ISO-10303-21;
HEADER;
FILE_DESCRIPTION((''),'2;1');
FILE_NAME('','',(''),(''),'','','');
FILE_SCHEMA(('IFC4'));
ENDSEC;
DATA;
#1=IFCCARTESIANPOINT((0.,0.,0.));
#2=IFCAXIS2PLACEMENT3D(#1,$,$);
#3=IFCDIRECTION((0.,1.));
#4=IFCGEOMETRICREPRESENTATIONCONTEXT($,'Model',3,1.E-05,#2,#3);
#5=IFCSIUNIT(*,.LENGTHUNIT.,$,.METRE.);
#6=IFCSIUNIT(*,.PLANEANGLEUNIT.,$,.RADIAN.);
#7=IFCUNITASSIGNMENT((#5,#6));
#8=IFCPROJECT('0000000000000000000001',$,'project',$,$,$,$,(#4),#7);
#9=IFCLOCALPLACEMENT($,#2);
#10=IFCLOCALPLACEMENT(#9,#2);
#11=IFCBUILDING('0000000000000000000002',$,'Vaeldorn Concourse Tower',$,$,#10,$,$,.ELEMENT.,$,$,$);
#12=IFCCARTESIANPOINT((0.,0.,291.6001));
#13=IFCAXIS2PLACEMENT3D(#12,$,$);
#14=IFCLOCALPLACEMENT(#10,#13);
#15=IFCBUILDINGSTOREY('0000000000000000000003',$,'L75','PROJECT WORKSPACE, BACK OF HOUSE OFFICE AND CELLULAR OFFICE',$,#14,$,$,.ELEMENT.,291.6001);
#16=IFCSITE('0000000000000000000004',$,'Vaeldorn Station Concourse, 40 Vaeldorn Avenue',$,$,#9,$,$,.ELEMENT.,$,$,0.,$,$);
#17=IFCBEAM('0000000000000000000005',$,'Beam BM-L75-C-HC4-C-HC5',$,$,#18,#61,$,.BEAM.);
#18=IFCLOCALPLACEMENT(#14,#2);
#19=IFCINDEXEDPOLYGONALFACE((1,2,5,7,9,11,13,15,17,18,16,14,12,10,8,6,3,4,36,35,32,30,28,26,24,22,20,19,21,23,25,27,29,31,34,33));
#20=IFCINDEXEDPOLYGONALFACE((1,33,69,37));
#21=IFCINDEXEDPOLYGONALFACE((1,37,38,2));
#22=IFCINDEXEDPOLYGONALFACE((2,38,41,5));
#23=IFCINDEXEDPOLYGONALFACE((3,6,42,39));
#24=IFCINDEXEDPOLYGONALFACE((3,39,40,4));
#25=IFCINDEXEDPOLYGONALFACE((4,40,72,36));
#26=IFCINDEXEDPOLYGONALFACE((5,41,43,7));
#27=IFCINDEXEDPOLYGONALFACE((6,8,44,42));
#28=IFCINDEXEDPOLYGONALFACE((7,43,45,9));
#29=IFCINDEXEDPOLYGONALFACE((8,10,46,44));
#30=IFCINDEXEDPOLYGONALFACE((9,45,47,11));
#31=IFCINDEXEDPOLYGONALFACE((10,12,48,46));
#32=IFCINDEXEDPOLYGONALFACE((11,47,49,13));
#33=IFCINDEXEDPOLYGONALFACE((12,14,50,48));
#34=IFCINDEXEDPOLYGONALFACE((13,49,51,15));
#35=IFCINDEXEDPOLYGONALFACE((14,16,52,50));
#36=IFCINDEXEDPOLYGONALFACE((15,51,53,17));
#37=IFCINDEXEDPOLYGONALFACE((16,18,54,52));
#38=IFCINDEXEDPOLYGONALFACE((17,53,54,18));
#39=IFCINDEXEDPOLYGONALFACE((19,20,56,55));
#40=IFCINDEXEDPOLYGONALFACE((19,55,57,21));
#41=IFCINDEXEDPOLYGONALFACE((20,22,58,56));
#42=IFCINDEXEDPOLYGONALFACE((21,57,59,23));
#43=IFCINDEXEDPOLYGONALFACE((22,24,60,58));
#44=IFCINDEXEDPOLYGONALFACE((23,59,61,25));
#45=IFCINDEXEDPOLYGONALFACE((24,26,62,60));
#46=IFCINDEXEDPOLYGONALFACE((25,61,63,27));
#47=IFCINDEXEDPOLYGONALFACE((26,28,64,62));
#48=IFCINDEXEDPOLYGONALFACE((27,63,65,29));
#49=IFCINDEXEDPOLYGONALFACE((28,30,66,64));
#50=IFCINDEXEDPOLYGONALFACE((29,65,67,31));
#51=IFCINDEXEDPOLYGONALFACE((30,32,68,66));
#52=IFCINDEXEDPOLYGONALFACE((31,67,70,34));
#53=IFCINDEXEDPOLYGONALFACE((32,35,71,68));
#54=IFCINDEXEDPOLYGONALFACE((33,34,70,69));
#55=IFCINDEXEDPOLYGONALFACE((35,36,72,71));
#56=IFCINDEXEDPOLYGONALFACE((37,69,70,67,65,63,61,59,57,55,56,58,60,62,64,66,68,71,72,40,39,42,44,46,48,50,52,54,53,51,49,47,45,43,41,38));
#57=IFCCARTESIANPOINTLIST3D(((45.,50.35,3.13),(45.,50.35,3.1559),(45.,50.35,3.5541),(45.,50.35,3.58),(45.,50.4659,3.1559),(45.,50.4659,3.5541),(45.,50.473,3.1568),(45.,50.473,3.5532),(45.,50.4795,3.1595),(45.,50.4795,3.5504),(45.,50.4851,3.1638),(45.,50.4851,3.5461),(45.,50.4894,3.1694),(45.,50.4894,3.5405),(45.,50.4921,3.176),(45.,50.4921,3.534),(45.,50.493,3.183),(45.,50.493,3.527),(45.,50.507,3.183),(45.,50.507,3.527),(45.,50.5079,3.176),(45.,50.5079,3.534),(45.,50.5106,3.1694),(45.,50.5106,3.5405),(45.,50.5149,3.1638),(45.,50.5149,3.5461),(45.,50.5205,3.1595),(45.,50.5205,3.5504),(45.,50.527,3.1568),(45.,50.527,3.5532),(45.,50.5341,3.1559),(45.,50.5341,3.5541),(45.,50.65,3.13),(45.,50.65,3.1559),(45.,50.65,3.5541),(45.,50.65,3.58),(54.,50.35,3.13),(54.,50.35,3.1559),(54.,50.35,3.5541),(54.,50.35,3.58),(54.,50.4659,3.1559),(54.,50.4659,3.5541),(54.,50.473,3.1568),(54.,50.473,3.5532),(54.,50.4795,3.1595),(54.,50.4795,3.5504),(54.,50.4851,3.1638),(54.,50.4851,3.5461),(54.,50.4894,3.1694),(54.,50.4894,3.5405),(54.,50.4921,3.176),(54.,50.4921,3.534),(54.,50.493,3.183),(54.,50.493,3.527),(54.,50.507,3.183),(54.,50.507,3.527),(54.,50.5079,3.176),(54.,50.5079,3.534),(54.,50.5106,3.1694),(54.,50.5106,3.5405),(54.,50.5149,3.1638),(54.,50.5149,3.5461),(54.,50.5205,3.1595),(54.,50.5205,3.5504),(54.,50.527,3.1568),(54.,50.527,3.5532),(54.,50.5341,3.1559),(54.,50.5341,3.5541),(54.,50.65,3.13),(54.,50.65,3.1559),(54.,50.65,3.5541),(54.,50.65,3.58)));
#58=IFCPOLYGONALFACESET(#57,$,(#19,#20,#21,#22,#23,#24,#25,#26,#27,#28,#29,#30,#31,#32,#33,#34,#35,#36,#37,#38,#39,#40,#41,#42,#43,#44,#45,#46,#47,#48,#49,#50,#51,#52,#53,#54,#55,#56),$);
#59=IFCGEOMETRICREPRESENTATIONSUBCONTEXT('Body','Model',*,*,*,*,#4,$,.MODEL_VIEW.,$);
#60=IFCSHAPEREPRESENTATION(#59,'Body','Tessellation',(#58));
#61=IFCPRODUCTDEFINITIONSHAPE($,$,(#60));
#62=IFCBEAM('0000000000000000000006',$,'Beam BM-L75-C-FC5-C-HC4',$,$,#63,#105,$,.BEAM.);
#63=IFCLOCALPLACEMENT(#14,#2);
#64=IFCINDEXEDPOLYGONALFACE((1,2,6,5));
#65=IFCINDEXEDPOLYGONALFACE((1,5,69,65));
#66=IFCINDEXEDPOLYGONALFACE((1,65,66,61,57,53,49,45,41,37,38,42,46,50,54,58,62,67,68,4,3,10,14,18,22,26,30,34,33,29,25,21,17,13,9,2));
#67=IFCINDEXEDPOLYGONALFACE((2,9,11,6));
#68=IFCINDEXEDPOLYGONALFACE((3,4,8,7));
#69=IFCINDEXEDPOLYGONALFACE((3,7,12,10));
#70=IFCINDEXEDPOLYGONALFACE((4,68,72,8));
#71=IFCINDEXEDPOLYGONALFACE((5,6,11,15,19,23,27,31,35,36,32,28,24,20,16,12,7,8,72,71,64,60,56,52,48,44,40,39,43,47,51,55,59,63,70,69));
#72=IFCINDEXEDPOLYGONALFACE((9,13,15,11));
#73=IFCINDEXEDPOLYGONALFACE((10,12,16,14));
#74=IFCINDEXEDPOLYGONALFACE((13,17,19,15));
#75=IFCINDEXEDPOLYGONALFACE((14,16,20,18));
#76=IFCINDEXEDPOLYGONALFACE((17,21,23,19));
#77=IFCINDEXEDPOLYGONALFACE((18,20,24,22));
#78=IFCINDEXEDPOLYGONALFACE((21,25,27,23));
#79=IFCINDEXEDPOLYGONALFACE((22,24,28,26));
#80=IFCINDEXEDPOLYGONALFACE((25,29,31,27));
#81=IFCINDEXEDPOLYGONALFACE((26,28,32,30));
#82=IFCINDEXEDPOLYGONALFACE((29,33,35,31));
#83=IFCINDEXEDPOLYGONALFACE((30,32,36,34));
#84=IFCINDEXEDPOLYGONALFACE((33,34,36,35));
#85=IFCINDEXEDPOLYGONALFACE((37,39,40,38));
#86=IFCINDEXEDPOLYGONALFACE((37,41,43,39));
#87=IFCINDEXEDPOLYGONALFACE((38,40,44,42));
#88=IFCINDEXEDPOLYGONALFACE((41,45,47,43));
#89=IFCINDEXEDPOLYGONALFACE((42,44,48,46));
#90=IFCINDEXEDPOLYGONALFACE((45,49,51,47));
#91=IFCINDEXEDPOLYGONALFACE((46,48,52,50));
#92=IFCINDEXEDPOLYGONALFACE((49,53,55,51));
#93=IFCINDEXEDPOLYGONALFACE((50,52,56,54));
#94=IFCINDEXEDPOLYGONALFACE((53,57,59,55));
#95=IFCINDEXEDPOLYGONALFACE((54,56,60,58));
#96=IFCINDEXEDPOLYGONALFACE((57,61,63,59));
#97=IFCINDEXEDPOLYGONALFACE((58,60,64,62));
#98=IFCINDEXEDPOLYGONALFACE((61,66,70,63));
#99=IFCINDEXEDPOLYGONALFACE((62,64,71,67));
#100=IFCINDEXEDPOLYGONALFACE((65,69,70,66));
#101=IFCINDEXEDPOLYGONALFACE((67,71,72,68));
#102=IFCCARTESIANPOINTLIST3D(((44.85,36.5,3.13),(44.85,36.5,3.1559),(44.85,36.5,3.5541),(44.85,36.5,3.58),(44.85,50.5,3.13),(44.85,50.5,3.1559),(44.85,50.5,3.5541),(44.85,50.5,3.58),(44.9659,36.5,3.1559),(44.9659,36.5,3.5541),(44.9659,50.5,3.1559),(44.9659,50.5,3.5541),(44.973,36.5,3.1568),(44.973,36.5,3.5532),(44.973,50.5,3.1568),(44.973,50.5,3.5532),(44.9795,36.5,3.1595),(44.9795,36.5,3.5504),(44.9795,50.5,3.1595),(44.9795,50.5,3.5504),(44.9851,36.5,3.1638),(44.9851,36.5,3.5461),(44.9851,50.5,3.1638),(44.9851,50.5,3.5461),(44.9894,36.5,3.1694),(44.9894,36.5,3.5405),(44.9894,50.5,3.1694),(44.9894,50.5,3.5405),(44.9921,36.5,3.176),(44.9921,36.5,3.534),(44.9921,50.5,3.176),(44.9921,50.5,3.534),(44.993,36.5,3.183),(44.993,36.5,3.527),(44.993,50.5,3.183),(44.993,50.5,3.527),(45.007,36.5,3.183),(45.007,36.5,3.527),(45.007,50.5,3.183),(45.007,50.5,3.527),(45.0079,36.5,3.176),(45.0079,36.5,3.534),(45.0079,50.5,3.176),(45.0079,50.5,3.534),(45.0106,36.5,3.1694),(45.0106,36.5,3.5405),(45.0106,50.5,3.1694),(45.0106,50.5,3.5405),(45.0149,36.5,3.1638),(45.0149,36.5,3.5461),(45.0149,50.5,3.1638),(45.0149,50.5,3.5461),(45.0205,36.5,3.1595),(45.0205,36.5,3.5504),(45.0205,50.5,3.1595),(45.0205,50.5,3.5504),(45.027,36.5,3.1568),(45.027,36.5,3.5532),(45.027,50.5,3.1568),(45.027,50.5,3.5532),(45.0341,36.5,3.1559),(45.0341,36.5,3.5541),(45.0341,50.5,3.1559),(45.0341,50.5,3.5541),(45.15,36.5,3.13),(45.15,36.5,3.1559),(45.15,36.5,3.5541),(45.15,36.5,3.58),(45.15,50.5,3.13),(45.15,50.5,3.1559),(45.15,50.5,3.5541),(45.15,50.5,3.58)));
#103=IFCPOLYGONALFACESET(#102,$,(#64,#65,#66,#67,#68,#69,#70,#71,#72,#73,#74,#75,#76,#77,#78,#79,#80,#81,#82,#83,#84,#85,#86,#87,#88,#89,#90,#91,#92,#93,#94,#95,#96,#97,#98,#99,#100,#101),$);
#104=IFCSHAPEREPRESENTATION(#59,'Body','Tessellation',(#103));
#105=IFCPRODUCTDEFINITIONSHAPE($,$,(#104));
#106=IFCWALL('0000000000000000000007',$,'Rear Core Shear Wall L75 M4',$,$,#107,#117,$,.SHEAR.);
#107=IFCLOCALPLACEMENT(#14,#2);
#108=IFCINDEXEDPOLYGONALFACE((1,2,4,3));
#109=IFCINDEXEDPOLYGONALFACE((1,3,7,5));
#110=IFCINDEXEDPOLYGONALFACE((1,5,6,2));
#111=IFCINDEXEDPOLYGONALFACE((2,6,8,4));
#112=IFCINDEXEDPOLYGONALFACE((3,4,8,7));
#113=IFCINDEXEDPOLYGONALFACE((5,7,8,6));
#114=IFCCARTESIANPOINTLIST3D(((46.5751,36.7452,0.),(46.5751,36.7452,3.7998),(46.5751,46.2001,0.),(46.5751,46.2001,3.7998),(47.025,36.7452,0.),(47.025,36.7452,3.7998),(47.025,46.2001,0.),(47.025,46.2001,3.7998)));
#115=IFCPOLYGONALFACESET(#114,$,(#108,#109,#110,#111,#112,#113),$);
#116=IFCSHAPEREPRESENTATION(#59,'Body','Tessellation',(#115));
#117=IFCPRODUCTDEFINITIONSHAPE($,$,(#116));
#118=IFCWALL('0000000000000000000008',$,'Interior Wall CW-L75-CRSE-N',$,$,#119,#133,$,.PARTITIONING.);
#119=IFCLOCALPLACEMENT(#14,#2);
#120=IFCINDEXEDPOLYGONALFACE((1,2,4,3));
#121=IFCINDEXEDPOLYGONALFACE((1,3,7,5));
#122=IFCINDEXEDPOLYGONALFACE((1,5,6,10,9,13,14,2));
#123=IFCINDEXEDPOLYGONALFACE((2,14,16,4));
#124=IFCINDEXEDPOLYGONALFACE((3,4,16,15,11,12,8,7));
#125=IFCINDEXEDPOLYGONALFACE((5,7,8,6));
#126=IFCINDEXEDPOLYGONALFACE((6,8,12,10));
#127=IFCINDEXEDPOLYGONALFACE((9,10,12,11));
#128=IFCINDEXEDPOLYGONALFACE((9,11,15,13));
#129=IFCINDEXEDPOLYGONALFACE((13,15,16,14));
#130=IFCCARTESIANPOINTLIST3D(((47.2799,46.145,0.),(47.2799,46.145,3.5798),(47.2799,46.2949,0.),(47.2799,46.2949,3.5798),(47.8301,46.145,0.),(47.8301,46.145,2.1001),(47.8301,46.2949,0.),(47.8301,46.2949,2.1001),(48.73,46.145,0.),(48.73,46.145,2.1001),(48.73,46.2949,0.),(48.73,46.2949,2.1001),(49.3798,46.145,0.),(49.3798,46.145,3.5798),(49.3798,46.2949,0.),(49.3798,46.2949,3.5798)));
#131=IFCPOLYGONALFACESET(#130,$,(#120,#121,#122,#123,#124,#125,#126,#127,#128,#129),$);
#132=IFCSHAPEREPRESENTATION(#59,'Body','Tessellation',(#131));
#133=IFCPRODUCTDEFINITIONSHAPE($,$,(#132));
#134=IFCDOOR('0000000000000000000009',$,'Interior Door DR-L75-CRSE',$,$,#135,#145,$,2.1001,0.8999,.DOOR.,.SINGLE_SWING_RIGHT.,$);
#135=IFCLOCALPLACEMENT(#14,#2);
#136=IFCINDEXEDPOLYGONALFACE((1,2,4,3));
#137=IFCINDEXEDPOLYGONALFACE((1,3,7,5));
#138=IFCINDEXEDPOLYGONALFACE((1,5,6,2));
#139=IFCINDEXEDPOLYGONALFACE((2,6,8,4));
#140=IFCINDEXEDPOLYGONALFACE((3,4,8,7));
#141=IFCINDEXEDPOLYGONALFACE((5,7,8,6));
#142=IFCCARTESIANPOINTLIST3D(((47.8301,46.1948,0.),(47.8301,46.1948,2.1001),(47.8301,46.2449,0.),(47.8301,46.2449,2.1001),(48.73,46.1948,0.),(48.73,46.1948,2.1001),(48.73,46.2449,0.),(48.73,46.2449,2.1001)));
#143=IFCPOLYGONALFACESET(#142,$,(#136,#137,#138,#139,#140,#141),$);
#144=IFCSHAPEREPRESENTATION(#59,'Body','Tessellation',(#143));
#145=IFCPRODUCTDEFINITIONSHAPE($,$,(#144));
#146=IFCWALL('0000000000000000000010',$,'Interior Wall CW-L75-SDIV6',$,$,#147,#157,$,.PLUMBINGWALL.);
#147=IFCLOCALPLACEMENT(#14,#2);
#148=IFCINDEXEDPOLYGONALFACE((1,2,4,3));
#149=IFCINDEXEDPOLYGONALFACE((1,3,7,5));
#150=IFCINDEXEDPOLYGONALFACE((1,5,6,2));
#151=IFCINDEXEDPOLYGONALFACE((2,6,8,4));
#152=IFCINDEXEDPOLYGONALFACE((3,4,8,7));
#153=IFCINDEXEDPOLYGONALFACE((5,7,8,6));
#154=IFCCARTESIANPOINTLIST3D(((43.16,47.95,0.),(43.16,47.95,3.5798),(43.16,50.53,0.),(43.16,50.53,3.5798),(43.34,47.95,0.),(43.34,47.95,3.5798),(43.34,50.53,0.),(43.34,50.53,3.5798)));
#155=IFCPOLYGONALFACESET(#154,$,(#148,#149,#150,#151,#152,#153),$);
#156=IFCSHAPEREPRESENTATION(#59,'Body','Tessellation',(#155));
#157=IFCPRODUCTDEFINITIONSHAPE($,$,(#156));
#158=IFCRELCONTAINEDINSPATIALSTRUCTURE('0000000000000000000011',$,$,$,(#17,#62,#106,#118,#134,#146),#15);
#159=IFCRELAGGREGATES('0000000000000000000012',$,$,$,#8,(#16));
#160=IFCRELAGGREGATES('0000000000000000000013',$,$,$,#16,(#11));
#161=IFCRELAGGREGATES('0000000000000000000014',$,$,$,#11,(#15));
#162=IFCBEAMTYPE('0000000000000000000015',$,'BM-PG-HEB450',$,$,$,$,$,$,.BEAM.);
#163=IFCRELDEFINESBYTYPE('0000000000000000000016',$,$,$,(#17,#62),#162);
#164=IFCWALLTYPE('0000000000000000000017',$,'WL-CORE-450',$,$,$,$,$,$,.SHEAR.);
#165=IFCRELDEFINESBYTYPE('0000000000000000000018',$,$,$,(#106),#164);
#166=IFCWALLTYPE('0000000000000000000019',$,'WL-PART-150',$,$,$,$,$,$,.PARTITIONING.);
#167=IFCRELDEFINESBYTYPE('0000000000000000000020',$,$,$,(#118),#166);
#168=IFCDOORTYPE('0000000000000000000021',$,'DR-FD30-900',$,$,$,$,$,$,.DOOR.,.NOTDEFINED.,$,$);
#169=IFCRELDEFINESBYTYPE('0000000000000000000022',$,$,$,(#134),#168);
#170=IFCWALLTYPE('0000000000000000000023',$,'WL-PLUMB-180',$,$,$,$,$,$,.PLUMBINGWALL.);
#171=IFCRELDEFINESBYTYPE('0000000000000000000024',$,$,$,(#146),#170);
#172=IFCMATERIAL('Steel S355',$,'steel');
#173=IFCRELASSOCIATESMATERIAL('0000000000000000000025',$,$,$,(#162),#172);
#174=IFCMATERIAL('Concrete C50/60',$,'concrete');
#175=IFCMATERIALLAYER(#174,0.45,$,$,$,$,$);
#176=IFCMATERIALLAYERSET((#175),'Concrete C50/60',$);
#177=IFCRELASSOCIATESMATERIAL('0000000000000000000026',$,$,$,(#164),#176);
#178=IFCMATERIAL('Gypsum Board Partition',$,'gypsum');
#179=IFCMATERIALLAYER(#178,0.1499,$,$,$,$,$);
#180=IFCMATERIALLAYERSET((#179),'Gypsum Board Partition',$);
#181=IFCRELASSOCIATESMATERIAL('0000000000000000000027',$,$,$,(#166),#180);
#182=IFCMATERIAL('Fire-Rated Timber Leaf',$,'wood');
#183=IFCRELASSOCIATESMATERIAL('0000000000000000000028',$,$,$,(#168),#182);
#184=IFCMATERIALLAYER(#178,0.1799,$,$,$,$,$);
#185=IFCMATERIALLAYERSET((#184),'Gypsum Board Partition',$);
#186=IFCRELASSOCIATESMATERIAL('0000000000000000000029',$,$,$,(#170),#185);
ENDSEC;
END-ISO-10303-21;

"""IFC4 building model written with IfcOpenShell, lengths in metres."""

from ifc_helpers import new_model, si_unit, direction, frame, frame_2d, origin, origin_2d, place, context, subcontext, project, spatial, rectangle, i_section, extrude, source, transform, mapped, material, layer, layer_set, material_profile, profile_set, type_object, element, fill, save


model = new_model("IFC4")

# Units and contexts
model_context = context("Model", 3, precision=1e-05, world=origin(), true_north=direction((0.0, 1.0)))
body_context = subcontext(model_context, "Body", "Model", "MODEL_VIEW")
ifc_project = project(units=[si_unit("LENGTHUNIT", "METRE"), si_unit("PLANEANGLEUNIT", "RADIAN")], contexts=[model_context])

# Site, building, storey
site_placement = place(None, origin())
site = spatial("IfcSite", under=ifc_project, at=site_placement, Name="Vaeldorn Station Concourse, 40 Vaeldorn Avenue", CompositionType="ELEMENT", RefElevation=0.0)
building_placement = place(site_placement, origin())
building = spatial("IfcBuilding", under=site, at=building_placement, Name="Vaeldorn Concourse Tower", CompositionType="ELEMENT")
storey_placement = place(building_placement, frame((0.0, 0.0, 291.6001)))
storey = spatial("IfcBuildingStorey", under=building, at=storey_placement, Name="L75", Description="PROJECT WORKSPACE, BACK OF HOUSE OFFICE AND CELLULAR OFFICE", CompositionType="ELEMENT", Elevation=291.6001)

# Shared definitions
ifc_material_1 = material(Name="Steel S355", Category="steel")

# Beams
ifc_material_2 = material(Name="Concrete C50/60", Category="concrete")
ifc_material_profile_1 = material_profile(ifc_material_1, i_section(OverallWidth=0.3, OverallDepth=0.45, WebThickness=0.0139, FlangeThickness=0.0259, FilletRadius=0.0271, at=origin_2d()), Name="HEB 450")
ifc_profile_set_1 = profile_set([ifc_material_profile_1], Name="Steel S355")
beam_type_1 = type_object("IfcBeamType", Name="BM-PG-HEB450", PredefinedType="BEAM", material=ifc_profile_set_1)
shared_shape_1 = source(origin(), body_context, "Body", "SweptSolid", [
    extrude(i_section(OverallWidth=0.3, OverallDepth=0.45, WebThickness=0.0139, FlangeThickness=0.0259, FilletRadius=0.0271, at=origin_2d()), origin(), (0.0, 0.0, 1.0), 9.0),
])
beam_1_placement = place(storey_placement, frame((45.0, 50.5, 3.355), z_axis=(1.0, 0.0, 0.0), x_axis=(0.0, 1.0, 0.0)))
element("IfcBeam", 1, at=beam_1_placement, inside=storey, type_object=beam_type_1, Name="Beam BM-L75-C-HC4-C-HC5", PredefinedType="BEAM", context=body_context, shape_type="MappedRepresentation", body=[
    mapped(shared_shape_1, transform((0.0, 0.0, 0.0), scale=1.0)),
])
shared_shape_2 = source(origin(), body_context, "Body", "SweptSolid", [
    extrude(i_section(OverallWidth=0.3, OverallDepth=0.45, WebThickness=0.0139, FlangeThickness=0.0259, FilletRadius=0.0271, at=origin_2d()), origin(), (0.0, 0.0, 1.0), 14.0),
])
beam_2_placement = place(storey_placement, frame((45.0, 36.5, 3.355), z_axis=(0.0, 1.0, 0.0), x_axis=(-1.0, 0.0, 0.0)))
element("IfcBeam", 2, at=beam_2_placement, inside=storey, type_object=beam_type_1, Name="Beam BM-L75-C-FC5-C-HC4", PredefinedType="BEAM", context=body_context, shape_type="MappedRepresentation", body=[
    mapped(shared_shape_2, transform((0.0, 0.0, 0.0), scale=1.0)),
])

# Wall
ifc_layer_1 = layer(ifc_material_2, 0.45)
ifc_layer_set_1 = layer_set([ifc_layer_1], Name="Concrete C50/60")
wall_type_1 = type_object("IfcWallType", Name="WL-CORE-450", PredefinedType="SHEAR", material=ifc_layer_set_1)
wall_1_placement = place(storey_placement, frame((46.8, 36.7451, 0.0), z_axis=(0.0, 0.0, 1.0), x_axis=(0.0, 1.0, 0.0)))
element("IfcWall", 3, at=wall_1_placement, inside=storey, type_object=wall_type_1, Name="Rear Core Shear Wall L75 M4", PredefinedType="SHEAR", context=body_context, shape_type="SweptSolid", body=[
    extrude(rectangle(XDim=9.4548, YDim=0.45, at=frame_2d((4.7275, 0.0))), origin(), (0.0, 0.0, 1.0), 3.7998),
])

# Wall, opening, door
ifc_material_3 = material(Name="Gypsum Board Partition", Category="gypsum")
ifc_layer_2 = layer(ifc_material_3, 0.1499)
ifc_layer_set_2 = layer_set([ifc_layer_2], Name="Gypsum Board Partition")
wall_type_2 = type_object("IfcWallType", Name="WL-PART-150", PredefinedType="PARTITIONING", material=ifc_layer_set_2)
wall_2_placement = place(storey_placement, frame((47.28, 46.22, 0.0), z_axis=(0.0, 0.0, 1.0), x_axis=(1.0, 0.0, 0.0)))
wall_2 = element("IfcWall", 4, at=wall_2_placement, inside=storey, type_object=wall_type_2, Name="Interior Wall CW-L75-CRSE-N", PredefinedType="PARTITIONING", context=body_context, shape_type="SweptSolid", body=[
    extrude(rectangle(XDim=2.0999, YDim=0.1499, at=frame_2d((1.0498, 0.0))), origin(), (0.0, 0.0, 1.0), 3.5798),
])
opening_1_placement = place(wall_2_placement, frame((0.55, 0.0, 0.0)))
opening_1 = element("IfcOpeningElement", 5, at=opening_1_placement, cuts=wall_2, PredefinedType="OPENING", context=body_context, shape_type="SweptSolid", body=[
    extrude(rectangle(XDim=0.8999, YDim=2.1001, at=frame_2d((0.45, 1.05))), frame((0.0, 0.085, 0.0), z_axis=(0.0, -1.0, 0.0), x_axis=(1.0, 0.0, 0.0)), (0.0, 0.0, 1.0), 0.1699),
])
ifc_material_4 = material(Name="Fire-Rated Timber Leaf", Category="wood")
door_type_1 = type_object("IfcDoorType", Name="DR-FD30-900", OperationType="NOTDEFINED", PredefinedType="DOOR", material=ifc_material_4)
shared_shape_3 = source(origin(), body_context, "Body", "SweptSolid", [
    extrude(rectangle(XDim=0.8999, YDim=2.1001, at=frame_2d((0.45, 1.05))), frame((0.0, 0.0249, 0.0), z_axis=(0.0, -1.0, 0.0), x_axis=(1.0, 0.0, 0.0)), (0.0, 0.0, 1.0), 0.05),
])
door_1_placement = place(opening_1_placement, origin())
door_1 = element("IfcDoor", 6, at=door_1_placement, inside=storey, type_object=door_type_1, Name="Interior Door DR-L75-CRSE", OperationType="SINGLE_SWING_RIGHT", OverallHeight=2.1001, OverallWidth=0.8999, PredefinedType="DOOR", context=body_context, shape_type="MappedRepresentation", body=[
    mapped(shared_shape_3, transform((0.0, 0.0, 0.0), scale=1.0)),
])
fill(opening_1, door_1)

# Wall
ifc_layer_3 = layer(ifc_material_3, 0.1799)
ifc_layer_set_3 = layer_set([ifc_layer_3], Name="Gypsum Board Partition")
wall_type_3 = type_object("IfcWallType", Name="WL-PLUMB-180", PredefinedType="PLUMBINGWALL", material=ifc_layer_set_3)
wall_3_placement = place(storey_placement, frame((43.25, 47.95, 0.0), z_axis=(0.0, 0.0, 1.0), x_axis=(0.0, 1.0, 0.0)))
element("IfcWall", 7, at=wall_3_placement, inside=storey, type_object=wall_type_3, Name="Interior Wall CW-L75-SDIV6", PredefinedType="PLUMBINGWALL", context=body_context, shape_type="SweptSolid", body=[
    extrude(rectangle(XDim=2.5801, YDim=0.1799, at=frame_2d((1.29, 0.0))), origin(), (0.0, 0.0, 1.0), 3.5798),
])

save(model, "model.ifc")
